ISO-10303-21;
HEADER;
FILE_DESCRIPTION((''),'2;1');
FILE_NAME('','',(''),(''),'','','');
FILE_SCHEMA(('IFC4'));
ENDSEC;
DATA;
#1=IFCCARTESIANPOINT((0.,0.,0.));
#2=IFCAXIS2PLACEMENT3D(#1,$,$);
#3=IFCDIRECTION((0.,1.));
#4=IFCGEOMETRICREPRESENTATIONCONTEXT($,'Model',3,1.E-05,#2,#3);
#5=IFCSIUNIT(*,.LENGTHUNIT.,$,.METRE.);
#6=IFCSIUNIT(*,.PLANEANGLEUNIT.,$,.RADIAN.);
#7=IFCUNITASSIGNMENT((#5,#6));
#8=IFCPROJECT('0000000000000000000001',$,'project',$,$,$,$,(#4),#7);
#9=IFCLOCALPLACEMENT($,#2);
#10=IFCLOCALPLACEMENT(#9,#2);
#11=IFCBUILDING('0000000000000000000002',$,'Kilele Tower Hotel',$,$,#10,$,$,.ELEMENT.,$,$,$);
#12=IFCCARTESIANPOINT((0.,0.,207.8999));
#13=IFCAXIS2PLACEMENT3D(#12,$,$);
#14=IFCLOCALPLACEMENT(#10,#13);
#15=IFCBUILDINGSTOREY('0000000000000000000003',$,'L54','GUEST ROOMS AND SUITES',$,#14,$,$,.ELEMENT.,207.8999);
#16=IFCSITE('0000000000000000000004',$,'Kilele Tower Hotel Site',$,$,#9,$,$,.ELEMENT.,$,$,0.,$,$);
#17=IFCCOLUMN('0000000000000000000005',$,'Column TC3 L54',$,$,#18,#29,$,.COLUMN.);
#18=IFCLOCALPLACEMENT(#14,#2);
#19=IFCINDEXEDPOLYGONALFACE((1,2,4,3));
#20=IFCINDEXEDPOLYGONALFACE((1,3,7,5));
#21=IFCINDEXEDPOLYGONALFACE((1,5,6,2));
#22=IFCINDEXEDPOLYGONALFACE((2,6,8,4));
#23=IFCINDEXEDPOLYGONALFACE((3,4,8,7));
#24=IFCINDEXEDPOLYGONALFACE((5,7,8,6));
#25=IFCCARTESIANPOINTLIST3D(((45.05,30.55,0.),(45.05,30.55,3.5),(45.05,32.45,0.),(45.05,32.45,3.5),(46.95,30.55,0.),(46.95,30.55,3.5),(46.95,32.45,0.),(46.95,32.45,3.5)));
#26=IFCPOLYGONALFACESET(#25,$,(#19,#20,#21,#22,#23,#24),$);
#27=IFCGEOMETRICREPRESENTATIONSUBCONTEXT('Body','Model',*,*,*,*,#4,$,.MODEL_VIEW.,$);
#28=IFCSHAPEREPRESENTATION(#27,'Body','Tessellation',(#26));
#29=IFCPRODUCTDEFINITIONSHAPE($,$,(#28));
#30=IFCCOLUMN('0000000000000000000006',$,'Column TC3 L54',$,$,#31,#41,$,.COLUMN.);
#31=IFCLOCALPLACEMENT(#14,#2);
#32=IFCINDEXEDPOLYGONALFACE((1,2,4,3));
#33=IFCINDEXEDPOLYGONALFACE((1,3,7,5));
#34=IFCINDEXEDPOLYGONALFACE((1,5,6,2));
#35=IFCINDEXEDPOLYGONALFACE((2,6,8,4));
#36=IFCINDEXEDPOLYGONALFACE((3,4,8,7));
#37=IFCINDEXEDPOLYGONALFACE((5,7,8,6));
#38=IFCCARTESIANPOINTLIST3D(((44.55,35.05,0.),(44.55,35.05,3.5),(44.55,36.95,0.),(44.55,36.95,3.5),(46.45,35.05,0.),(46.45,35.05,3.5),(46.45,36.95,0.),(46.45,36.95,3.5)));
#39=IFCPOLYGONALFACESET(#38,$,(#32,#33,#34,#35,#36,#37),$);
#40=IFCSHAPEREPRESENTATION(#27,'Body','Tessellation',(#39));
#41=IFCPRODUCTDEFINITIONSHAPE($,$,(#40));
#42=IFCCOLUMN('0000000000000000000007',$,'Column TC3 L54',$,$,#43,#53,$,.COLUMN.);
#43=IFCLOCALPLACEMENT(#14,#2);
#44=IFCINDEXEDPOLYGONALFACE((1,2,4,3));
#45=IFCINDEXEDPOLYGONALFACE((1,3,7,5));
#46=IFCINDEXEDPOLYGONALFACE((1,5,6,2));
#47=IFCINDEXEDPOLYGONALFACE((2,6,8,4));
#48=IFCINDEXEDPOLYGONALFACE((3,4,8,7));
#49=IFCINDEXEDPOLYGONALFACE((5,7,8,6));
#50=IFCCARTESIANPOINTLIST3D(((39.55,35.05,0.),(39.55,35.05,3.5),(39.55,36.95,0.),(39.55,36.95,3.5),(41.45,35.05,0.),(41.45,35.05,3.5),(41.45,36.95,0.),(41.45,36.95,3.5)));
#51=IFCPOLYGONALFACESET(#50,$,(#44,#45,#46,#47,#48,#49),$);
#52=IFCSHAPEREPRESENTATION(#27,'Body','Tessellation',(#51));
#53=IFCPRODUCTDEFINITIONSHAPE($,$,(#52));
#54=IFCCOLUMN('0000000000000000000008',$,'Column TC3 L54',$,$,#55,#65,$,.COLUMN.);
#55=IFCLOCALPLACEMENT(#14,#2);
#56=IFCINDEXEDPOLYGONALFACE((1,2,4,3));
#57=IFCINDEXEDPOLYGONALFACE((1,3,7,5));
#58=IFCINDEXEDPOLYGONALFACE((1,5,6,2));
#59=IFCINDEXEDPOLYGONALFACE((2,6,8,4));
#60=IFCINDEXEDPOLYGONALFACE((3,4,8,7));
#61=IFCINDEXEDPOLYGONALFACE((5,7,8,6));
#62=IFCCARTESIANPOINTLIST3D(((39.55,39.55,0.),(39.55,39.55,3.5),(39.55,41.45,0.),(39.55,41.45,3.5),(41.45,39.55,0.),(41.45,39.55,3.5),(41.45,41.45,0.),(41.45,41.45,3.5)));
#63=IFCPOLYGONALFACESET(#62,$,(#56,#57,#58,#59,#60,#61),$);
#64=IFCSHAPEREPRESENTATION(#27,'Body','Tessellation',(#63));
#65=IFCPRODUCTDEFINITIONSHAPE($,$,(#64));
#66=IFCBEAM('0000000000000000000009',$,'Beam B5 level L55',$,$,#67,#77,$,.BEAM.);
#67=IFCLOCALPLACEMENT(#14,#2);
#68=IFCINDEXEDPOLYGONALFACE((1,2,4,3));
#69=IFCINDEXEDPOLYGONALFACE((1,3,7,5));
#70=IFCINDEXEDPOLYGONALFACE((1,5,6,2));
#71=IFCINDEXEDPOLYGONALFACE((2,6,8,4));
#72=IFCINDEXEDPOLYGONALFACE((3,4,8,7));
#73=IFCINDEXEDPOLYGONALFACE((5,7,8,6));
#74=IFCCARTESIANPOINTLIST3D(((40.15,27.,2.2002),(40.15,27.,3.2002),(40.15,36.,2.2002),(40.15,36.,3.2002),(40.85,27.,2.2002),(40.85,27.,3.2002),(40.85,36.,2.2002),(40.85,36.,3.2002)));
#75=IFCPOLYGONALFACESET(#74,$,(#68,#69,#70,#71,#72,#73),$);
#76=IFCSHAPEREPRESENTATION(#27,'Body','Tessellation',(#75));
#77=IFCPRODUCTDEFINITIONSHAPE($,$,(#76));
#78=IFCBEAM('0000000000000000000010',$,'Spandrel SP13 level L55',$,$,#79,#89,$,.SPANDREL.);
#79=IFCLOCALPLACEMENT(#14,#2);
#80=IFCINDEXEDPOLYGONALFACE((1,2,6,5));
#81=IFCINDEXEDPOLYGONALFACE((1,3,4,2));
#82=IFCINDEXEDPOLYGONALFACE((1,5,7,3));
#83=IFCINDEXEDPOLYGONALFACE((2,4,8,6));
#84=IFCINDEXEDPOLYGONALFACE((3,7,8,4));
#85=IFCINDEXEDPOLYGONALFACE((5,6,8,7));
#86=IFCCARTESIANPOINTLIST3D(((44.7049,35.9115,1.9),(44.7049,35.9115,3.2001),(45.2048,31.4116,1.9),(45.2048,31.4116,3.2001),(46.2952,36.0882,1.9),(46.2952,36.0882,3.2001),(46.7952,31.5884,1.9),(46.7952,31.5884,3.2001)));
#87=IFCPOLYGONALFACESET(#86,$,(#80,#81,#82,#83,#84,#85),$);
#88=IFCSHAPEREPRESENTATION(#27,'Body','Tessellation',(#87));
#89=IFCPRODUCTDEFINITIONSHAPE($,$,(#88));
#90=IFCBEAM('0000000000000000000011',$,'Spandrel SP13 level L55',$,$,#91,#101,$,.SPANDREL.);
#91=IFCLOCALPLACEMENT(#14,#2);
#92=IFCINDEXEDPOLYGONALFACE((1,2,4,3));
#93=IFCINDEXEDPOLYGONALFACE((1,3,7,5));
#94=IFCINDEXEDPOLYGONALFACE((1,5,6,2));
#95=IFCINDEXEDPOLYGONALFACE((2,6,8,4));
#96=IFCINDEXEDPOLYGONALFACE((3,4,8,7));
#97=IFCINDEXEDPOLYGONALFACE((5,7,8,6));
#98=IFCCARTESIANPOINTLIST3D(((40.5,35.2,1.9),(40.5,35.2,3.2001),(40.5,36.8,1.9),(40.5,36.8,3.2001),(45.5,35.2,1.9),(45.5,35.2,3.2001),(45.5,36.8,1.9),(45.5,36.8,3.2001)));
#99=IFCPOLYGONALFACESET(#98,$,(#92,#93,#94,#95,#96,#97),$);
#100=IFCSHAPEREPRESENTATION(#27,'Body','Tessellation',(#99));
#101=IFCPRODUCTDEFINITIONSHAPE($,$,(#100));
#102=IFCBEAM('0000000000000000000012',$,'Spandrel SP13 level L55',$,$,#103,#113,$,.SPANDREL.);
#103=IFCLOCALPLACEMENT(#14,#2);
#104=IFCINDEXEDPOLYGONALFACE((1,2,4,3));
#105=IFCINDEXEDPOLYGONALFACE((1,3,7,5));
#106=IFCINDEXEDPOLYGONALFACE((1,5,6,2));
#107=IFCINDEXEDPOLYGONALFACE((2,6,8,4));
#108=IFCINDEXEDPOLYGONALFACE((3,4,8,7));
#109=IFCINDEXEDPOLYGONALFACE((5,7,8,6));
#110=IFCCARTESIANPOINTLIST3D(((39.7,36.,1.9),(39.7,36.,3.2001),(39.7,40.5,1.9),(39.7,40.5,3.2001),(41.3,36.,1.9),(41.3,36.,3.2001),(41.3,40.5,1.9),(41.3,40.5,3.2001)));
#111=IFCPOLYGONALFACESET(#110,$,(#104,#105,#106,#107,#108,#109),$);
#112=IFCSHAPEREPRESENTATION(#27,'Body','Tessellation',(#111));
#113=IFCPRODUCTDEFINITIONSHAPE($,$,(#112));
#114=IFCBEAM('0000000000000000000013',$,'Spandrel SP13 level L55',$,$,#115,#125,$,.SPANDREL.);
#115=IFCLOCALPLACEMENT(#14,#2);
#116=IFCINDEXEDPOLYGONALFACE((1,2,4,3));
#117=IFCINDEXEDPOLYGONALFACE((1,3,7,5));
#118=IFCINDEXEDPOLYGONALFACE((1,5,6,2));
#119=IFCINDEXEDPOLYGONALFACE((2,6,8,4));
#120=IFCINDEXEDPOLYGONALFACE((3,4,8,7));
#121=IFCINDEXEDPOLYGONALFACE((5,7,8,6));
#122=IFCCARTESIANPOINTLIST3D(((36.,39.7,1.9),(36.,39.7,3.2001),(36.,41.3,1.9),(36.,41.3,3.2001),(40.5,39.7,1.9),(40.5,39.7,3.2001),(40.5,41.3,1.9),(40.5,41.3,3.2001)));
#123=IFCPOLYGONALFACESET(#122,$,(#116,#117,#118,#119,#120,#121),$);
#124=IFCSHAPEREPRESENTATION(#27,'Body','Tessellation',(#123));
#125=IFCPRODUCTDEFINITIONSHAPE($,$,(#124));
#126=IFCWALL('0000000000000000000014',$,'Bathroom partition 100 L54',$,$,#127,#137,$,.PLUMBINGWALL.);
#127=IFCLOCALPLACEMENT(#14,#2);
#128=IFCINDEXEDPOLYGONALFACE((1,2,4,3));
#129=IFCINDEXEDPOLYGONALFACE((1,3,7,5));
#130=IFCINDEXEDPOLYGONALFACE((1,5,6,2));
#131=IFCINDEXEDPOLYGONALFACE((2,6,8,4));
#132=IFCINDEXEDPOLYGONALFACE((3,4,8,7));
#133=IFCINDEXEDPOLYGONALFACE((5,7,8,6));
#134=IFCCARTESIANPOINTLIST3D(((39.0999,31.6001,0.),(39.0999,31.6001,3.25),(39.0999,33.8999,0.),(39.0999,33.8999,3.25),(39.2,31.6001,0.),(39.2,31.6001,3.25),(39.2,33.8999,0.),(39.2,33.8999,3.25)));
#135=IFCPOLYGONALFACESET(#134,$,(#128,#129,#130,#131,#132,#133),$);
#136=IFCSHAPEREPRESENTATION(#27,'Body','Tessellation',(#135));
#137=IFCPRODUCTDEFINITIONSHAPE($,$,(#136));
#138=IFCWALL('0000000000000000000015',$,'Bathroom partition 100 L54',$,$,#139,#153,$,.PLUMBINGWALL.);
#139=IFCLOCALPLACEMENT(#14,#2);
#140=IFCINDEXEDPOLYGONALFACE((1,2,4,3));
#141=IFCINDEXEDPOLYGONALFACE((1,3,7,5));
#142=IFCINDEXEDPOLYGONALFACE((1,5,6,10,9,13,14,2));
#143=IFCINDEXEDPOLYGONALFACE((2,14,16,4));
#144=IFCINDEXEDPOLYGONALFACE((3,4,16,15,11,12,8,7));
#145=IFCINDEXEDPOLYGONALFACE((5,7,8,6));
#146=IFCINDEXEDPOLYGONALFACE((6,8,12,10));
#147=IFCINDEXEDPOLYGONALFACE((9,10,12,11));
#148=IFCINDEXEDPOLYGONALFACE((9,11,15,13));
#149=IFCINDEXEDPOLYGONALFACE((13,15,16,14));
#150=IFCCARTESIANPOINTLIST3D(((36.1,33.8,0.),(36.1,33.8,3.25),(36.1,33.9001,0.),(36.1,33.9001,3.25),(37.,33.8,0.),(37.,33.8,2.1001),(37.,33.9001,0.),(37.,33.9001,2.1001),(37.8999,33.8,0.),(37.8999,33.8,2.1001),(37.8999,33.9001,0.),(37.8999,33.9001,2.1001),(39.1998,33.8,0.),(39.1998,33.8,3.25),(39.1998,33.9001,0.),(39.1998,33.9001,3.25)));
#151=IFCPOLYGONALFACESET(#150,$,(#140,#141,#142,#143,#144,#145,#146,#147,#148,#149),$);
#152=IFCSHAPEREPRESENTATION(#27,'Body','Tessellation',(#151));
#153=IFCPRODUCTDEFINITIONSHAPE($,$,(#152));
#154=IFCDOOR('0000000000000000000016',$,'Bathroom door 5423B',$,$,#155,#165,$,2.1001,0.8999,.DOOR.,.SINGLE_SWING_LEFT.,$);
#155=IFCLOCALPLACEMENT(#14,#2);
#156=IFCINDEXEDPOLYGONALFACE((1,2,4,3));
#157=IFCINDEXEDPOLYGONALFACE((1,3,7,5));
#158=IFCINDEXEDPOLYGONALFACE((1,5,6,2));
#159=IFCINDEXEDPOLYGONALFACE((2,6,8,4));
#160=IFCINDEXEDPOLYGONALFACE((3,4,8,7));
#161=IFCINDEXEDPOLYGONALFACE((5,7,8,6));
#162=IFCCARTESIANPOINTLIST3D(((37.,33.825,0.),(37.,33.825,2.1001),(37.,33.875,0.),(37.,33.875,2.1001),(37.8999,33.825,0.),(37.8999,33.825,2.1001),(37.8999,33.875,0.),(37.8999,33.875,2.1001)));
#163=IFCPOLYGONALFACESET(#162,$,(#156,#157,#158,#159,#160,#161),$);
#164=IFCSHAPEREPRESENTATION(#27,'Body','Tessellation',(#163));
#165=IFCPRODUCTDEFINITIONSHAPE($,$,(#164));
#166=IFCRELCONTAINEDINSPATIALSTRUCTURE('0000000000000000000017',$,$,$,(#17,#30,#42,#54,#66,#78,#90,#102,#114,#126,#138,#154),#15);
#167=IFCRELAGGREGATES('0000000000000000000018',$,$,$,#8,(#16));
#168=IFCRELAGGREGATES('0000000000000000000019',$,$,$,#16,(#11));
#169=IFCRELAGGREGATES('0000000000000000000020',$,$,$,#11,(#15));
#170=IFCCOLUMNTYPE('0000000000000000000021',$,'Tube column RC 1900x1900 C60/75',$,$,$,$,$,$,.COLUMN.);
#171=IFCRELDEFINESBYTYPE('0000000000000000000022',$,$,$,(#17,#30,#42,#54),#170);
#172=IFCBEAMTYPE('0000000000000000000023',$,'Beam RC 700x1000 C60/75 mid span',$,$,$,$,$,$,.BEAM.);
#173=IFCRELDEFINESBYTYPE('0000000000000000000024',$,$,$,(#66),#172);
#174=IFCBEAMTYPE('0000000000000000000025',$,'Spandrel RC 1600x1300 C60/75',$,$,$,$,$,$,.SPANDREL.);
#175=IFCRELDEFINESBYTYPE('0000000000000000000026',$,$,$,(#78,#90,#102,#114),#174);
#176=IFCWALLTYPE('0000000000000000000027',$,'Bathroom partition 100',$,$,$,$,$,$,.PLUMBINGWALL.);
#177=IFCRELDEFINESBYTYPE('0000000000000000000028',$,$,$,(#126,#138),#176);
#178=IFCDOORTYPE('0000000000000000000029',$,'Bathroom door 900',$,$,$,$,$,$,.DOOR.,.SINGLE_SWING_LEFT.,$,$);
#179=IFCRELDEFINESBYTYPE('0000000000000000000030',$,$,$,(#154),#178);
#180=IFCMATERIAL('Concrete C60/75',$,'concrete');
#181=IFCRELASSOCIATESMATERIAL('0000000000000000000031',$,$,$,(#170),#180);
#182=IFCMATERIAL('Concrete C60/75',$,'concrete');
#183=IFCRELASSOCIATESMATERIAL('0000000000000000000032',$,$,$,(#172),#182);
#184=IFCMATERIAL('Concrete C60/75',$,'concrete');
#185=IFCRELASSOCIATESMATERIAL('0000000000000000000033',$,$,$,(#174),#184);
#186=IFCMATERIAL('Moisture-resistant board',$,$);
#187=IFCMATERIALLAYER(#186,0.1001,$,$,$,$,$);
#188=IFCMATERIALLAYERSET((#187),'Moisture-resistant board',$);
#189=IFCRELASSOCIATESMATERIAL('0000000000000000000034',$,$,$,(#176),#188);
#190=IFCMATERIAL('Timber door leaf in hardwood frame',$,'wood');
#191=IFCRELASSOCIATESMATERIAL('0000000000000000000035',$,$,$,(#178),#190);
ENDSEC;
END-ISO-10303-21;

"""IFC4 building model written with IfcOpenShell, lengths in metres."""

from ifc_helpers import new_model, si_unit, direction, frame, frame_2d, origin, origin_2d, place, context, subcontext, project, spatial, rectangle, extrude, material, layer, layer_set, material_profile, profile_set, type_object, element, fill, save


model = new_model("IFC4")

# Units and contexts
model_context = context("Model", 3, precision=1e-05, world=origin(), true_north=direction((0.0, 1.0)))
body_context = subcontext(model_context, "Body", "Model", "MODEL_VIEW")
ifc_project = project(units=[si_unit("LENGTHUNIT", "METRE"), si_unit("PLANEANGLEUNIT", "RADIAN")], contexts=[model_context])

# Site, building, storey
site_placement = place(None, origin())
site = spatial("IfcSite", under=ifc_project, at=site_placement, Name="Kilele Tower Hotel Site", CompositionType="ELEMENT", RefElevation=0.0)
building_placement = place(site_placement, origin())
building = spatial("IfcBuilding", under=site, at=building_placement, Name="Kilele Tower Hotel", CompositionType="ELEMENT")
storey_placement = place(building_placement, frame((0.0, 0.0, 207.8999)))
storey = spatial("IfcBuildingStorey", under=building, at=storey_placement, Name="L54", Description="GUEST ROOMS AND SUITES", CompositionType="ELEMENT", Elevation=207.8999)

# Columns
ifc_material_1 = material(Name="Concrete C60/75", Category="concrete")
ifc_material_profile_1 = material_profile(ifc_material_1, rectangle(XDim=1.8999, YDim=1.8999, at=origin_2d()))
ifc_profile_set_1 = profile_set([ifc_material_profile_1], Name="Concrete C60/75")
column_type = type_object("IfcColumnType", Name="Tube column RC 1900x1900 C60/75", PredefinedType="COLUMN", material=ifc_profile_set_1)
for number, where, z_axis, x_axis, name in (
    (1, (46.0, 31.5, 0.0), (0.0, 0.0, 1.0), (1.0, 0.0, 0.0), "Column TC3 L54"),
    (2, (45.5, 36.0, 0.0), (0.0, 0.0, 1.0), (1.0, 0.0, 0.0), "Column TC3 L54"),
    (3, (40.5, 36.0, 0.0), (0.0, 0.0, 1.0), (1.0, 0.0, 0.0), "Column TC3 L54"),
    (4, (40.5, 40.5, 0.0), (0.0, 0.0, 1.0), (1.0, 0.0, 0.0), "Column TC3 L54"),
):
    element("IfcColumn", number, at=place(storey_placement, frame(where, z_axis=z_axis, x_axis=x_axis)), inside=storey, type_object=column_type, Name=name, PredefinedType="COLUMN", context=body_context, shape_type="SweptSolid", body=[
        extrude(rectangle(XDim=1.8999, YDim=1.8999, at=origin_2d()), origin(), (0.0, 0.0, 1.0), 3.5),
    ])

# Beams
ifc_material_2 = material(Name="Concrete C60/75", Category="concrete")
ifc_material_profile_2 = material_profile(ifc_material_2, rectangle(XDim=0.7, YDim=1.0, at=origin_2d()))
ifc_profile_set_2 = profile_set([ifc_material_profile_2], Name="Concrete C60/75")
beam_type_1 = type_object("IfcBeamType", Name="Beam RC 700x1000 C60/75 mid span", PredefinedType="BEAM", material=ifc_profile_set_2)
beam_1_placement = place(storey_placement, frame((40.5, 36.0, 2.7002), z_axis=(0.0, -1.0, 0.0), x_axis=(1.0, 0.0, 0.0)))
element("IfcBeam", 5, at=beam_1_placement, inside=storey, type_object=beam_type_1, Name="Beam B5 level L55", PredefinedType="BEAM", context=body_context, shape_type="SweptSolid", body=[
    extrude(rectangle(XDim=0.7, YDim=1.0, at=origin_2d()), origin(), (0.0, 0.0, 1.0), 9.0),
])
ifc_material_3 = material(Name="Concrete C60/75", Category="concrete")
ifc_material_profile_3 = material_profile(ifc_material_3, rectangle(XDim=1.6001, YDim=1.3, at=origin_2d()))
ifc_profile_set_3 = profile_set([ifc_material_profile_3], Name="Concrete C60/75")
beam_type_2 = type_object("IfcBeamType", Name="Spandrel RC 1600x1300 C60/75", PredefinedType="SPANDREL", material=ifc_profile_set_3)
beam_2_placement = place(storey_placement, frame((46.0, 31.5, 2.55), z_axis=(-0.110432, 0.993884, 0.0), x_axis=(-0.993884, -0.110432, 0.0)))
element("IfcBeam", 6, at=beam_2_placement, inside=storey, type_object=beam_type_2, Name="Spandrel SP13 level L55", PredefinedType="SPANDREL", context=body_context, shape_type="SweptSolid", body=[
    extrude(rectangle(XDim=1.6001, YDim=1.3, at=origin_2d()), origin(), (0.0, 0.0, 1.0), 4.5276),
])
beam_3_placement = place(storey_placement, frame((45.5, 36.0, 2.55), z_axis=(-1.0, 0.0, 0.0), x_axis=(0.0, -1.0, 0.0)))
element("IfcBeam", 7, at=beam_3_placement, inside=storey, type_object=beam_type_2, Name="Spandrel SP13 level L55", PredefinedType="SPANDREL", context=body_context, shape_type="SweptSolid", body=[
    extrude(rectangle(XDim=1.6001, YDim=1.3, at=origin_2d()), origin(), (0.0, 0.0, 1.0), 5.0),
])
for number, where, z_axis, x_axis, name in (
    (8, (40.5, 36.0, 2.55), (0.0, 1.0, 0.0), (-1.0, 0.0, 0.0), "Spandrel SP13 level L55"),
    (9, (40.5, 40.5, 2.55), (-1.0, 0.0, 0.0), (0.0, -1.0, 0.0), "Spandrel SP13 level L55"),
):
    element("IfcBeam", number, at=place(storey_placement, frame(where, z_axis=z_axis, x_axis=x_axis)), inside=storey, type_object=beam_type_2, Name=name, PredefinedType="SPANDREL", context=body_context, shape_type="SweptSolid", body=[
        extrude(rectangle(XDim=1.6001, YDim=1.3, at=origin_2d()), origin(), (0.0, 0.0, 1.0), 4.5),
    ])

# Wall
ifc_material_4 = material(Name="Moisture-resistant board")
ifc_layer_1 = layer(ifc_material_4, 0.1001)
ifc_layer_set_1 = layer_set([ifc_layer_1], Name="Moisture-resistant board")
wall_type_1 = type_object("IfcWallType", Name="Bathroom partition 100", PredefinedType="PLUMBINGWALL", material=ifc_layer_set_1)
wall_1_placement = place(storey_placement, frame((39.1499, 31.6001, 0.0), z_axis=(0.0, 0.0, 1.0), x_axis=(0.0, 1.0, 0.0)))
element("IfcWall", 10, at=wall_1_placement, inside=storey, type_object=wall_type_1, Name="Bathroom partition 100 L54", PredefinedType="PLUMBINGWALL", context=body_context, shape_type="SweptSolid", body=[
    extrude(rectangle(XDim=2.2998, YDim=0.1001, at=frame_2d((1.1499, 0.0))), origin(), (0.0, 0.0, 1.0), 3.25),
])

# Wall, opening, door
wall_2_placement = place(storey_placement, frame((36.1001, 33.8501, 0.0), z_axis=(0.0, 0.0, 1.0), x_axis=(1.0, 0.0, 0.0)))
wall_2 = element("IfcWall", 11, at=wall_2_placement, inside=storey, type_object=wall_type_1, Name="Bathroom partition 100 L54", PredefinedType="PLUMBINGWALL", context=body_context, shape_type="SweptSolid", body=[
    extrude(rectangle(XDim=3.0999, YDim=0.1001, at=frame_2d((1.5498, 0.0))), origin(), (0.0, 0.0, 1.0), 3.25),
])
opening_1_placement = place(wall_2_placement, frame((0.8999, 0.0, 0.0)))
opening_1 = element("IfcOpeningElement", 12, at=opening_1_placement, cuts=wall_2, PredefinedType="OPENING", context=body_context, shape_type="SweptSolid", body=[
    extrude(rectangle(XDim=0.8999, YDim=2.1001, at=frame_2d((0.45, 1.05))), frame((0.0, 0.0601, 0.0), z_axis=(0.0, -1.0, 0.0), x_axis=(1.0, 0.0, 0.0)), (0.0, 0.0, 1.0), 0.1201),
])
ifc_material_5 = material(Name="Timber door leaf in hardwood frame", Category="wood")
door_type_1 = type_object("IfcDoorType", Name="Bathroom door 900", OperationType="SINGLE_SWING_LEFT", PredefinedType="DOOR", material=ifc_material_5)
door_1_placement = place(opening_1_placement, origin())
door_1 = element("IfcDoor", 13, at=door_1_placement, inside=storey, type_object=door_type_1, Name="Bathroom door 5423B", OperationType="SINGLE_SWING_LEFT", OverallHeight=2.1001, OverallWidth=0.8999, PredefinedType="DOOR", context=body_context, shape_type="SweptSolid", body=[
    extrude(rectangle(XDim=0.8999, YDim=2.1001, at=frame_2d((0.45, 1.05))), frame((0.0, 0.0249, 0.0), z_axis=(0.0, -1.0, 0.0), x_axis=(1.0, 0.0, 0.0)), (0.0, 0.0, 1.0), 0.05),
])
fill(opening_1, door_1)

save(model, "model.ifc")
